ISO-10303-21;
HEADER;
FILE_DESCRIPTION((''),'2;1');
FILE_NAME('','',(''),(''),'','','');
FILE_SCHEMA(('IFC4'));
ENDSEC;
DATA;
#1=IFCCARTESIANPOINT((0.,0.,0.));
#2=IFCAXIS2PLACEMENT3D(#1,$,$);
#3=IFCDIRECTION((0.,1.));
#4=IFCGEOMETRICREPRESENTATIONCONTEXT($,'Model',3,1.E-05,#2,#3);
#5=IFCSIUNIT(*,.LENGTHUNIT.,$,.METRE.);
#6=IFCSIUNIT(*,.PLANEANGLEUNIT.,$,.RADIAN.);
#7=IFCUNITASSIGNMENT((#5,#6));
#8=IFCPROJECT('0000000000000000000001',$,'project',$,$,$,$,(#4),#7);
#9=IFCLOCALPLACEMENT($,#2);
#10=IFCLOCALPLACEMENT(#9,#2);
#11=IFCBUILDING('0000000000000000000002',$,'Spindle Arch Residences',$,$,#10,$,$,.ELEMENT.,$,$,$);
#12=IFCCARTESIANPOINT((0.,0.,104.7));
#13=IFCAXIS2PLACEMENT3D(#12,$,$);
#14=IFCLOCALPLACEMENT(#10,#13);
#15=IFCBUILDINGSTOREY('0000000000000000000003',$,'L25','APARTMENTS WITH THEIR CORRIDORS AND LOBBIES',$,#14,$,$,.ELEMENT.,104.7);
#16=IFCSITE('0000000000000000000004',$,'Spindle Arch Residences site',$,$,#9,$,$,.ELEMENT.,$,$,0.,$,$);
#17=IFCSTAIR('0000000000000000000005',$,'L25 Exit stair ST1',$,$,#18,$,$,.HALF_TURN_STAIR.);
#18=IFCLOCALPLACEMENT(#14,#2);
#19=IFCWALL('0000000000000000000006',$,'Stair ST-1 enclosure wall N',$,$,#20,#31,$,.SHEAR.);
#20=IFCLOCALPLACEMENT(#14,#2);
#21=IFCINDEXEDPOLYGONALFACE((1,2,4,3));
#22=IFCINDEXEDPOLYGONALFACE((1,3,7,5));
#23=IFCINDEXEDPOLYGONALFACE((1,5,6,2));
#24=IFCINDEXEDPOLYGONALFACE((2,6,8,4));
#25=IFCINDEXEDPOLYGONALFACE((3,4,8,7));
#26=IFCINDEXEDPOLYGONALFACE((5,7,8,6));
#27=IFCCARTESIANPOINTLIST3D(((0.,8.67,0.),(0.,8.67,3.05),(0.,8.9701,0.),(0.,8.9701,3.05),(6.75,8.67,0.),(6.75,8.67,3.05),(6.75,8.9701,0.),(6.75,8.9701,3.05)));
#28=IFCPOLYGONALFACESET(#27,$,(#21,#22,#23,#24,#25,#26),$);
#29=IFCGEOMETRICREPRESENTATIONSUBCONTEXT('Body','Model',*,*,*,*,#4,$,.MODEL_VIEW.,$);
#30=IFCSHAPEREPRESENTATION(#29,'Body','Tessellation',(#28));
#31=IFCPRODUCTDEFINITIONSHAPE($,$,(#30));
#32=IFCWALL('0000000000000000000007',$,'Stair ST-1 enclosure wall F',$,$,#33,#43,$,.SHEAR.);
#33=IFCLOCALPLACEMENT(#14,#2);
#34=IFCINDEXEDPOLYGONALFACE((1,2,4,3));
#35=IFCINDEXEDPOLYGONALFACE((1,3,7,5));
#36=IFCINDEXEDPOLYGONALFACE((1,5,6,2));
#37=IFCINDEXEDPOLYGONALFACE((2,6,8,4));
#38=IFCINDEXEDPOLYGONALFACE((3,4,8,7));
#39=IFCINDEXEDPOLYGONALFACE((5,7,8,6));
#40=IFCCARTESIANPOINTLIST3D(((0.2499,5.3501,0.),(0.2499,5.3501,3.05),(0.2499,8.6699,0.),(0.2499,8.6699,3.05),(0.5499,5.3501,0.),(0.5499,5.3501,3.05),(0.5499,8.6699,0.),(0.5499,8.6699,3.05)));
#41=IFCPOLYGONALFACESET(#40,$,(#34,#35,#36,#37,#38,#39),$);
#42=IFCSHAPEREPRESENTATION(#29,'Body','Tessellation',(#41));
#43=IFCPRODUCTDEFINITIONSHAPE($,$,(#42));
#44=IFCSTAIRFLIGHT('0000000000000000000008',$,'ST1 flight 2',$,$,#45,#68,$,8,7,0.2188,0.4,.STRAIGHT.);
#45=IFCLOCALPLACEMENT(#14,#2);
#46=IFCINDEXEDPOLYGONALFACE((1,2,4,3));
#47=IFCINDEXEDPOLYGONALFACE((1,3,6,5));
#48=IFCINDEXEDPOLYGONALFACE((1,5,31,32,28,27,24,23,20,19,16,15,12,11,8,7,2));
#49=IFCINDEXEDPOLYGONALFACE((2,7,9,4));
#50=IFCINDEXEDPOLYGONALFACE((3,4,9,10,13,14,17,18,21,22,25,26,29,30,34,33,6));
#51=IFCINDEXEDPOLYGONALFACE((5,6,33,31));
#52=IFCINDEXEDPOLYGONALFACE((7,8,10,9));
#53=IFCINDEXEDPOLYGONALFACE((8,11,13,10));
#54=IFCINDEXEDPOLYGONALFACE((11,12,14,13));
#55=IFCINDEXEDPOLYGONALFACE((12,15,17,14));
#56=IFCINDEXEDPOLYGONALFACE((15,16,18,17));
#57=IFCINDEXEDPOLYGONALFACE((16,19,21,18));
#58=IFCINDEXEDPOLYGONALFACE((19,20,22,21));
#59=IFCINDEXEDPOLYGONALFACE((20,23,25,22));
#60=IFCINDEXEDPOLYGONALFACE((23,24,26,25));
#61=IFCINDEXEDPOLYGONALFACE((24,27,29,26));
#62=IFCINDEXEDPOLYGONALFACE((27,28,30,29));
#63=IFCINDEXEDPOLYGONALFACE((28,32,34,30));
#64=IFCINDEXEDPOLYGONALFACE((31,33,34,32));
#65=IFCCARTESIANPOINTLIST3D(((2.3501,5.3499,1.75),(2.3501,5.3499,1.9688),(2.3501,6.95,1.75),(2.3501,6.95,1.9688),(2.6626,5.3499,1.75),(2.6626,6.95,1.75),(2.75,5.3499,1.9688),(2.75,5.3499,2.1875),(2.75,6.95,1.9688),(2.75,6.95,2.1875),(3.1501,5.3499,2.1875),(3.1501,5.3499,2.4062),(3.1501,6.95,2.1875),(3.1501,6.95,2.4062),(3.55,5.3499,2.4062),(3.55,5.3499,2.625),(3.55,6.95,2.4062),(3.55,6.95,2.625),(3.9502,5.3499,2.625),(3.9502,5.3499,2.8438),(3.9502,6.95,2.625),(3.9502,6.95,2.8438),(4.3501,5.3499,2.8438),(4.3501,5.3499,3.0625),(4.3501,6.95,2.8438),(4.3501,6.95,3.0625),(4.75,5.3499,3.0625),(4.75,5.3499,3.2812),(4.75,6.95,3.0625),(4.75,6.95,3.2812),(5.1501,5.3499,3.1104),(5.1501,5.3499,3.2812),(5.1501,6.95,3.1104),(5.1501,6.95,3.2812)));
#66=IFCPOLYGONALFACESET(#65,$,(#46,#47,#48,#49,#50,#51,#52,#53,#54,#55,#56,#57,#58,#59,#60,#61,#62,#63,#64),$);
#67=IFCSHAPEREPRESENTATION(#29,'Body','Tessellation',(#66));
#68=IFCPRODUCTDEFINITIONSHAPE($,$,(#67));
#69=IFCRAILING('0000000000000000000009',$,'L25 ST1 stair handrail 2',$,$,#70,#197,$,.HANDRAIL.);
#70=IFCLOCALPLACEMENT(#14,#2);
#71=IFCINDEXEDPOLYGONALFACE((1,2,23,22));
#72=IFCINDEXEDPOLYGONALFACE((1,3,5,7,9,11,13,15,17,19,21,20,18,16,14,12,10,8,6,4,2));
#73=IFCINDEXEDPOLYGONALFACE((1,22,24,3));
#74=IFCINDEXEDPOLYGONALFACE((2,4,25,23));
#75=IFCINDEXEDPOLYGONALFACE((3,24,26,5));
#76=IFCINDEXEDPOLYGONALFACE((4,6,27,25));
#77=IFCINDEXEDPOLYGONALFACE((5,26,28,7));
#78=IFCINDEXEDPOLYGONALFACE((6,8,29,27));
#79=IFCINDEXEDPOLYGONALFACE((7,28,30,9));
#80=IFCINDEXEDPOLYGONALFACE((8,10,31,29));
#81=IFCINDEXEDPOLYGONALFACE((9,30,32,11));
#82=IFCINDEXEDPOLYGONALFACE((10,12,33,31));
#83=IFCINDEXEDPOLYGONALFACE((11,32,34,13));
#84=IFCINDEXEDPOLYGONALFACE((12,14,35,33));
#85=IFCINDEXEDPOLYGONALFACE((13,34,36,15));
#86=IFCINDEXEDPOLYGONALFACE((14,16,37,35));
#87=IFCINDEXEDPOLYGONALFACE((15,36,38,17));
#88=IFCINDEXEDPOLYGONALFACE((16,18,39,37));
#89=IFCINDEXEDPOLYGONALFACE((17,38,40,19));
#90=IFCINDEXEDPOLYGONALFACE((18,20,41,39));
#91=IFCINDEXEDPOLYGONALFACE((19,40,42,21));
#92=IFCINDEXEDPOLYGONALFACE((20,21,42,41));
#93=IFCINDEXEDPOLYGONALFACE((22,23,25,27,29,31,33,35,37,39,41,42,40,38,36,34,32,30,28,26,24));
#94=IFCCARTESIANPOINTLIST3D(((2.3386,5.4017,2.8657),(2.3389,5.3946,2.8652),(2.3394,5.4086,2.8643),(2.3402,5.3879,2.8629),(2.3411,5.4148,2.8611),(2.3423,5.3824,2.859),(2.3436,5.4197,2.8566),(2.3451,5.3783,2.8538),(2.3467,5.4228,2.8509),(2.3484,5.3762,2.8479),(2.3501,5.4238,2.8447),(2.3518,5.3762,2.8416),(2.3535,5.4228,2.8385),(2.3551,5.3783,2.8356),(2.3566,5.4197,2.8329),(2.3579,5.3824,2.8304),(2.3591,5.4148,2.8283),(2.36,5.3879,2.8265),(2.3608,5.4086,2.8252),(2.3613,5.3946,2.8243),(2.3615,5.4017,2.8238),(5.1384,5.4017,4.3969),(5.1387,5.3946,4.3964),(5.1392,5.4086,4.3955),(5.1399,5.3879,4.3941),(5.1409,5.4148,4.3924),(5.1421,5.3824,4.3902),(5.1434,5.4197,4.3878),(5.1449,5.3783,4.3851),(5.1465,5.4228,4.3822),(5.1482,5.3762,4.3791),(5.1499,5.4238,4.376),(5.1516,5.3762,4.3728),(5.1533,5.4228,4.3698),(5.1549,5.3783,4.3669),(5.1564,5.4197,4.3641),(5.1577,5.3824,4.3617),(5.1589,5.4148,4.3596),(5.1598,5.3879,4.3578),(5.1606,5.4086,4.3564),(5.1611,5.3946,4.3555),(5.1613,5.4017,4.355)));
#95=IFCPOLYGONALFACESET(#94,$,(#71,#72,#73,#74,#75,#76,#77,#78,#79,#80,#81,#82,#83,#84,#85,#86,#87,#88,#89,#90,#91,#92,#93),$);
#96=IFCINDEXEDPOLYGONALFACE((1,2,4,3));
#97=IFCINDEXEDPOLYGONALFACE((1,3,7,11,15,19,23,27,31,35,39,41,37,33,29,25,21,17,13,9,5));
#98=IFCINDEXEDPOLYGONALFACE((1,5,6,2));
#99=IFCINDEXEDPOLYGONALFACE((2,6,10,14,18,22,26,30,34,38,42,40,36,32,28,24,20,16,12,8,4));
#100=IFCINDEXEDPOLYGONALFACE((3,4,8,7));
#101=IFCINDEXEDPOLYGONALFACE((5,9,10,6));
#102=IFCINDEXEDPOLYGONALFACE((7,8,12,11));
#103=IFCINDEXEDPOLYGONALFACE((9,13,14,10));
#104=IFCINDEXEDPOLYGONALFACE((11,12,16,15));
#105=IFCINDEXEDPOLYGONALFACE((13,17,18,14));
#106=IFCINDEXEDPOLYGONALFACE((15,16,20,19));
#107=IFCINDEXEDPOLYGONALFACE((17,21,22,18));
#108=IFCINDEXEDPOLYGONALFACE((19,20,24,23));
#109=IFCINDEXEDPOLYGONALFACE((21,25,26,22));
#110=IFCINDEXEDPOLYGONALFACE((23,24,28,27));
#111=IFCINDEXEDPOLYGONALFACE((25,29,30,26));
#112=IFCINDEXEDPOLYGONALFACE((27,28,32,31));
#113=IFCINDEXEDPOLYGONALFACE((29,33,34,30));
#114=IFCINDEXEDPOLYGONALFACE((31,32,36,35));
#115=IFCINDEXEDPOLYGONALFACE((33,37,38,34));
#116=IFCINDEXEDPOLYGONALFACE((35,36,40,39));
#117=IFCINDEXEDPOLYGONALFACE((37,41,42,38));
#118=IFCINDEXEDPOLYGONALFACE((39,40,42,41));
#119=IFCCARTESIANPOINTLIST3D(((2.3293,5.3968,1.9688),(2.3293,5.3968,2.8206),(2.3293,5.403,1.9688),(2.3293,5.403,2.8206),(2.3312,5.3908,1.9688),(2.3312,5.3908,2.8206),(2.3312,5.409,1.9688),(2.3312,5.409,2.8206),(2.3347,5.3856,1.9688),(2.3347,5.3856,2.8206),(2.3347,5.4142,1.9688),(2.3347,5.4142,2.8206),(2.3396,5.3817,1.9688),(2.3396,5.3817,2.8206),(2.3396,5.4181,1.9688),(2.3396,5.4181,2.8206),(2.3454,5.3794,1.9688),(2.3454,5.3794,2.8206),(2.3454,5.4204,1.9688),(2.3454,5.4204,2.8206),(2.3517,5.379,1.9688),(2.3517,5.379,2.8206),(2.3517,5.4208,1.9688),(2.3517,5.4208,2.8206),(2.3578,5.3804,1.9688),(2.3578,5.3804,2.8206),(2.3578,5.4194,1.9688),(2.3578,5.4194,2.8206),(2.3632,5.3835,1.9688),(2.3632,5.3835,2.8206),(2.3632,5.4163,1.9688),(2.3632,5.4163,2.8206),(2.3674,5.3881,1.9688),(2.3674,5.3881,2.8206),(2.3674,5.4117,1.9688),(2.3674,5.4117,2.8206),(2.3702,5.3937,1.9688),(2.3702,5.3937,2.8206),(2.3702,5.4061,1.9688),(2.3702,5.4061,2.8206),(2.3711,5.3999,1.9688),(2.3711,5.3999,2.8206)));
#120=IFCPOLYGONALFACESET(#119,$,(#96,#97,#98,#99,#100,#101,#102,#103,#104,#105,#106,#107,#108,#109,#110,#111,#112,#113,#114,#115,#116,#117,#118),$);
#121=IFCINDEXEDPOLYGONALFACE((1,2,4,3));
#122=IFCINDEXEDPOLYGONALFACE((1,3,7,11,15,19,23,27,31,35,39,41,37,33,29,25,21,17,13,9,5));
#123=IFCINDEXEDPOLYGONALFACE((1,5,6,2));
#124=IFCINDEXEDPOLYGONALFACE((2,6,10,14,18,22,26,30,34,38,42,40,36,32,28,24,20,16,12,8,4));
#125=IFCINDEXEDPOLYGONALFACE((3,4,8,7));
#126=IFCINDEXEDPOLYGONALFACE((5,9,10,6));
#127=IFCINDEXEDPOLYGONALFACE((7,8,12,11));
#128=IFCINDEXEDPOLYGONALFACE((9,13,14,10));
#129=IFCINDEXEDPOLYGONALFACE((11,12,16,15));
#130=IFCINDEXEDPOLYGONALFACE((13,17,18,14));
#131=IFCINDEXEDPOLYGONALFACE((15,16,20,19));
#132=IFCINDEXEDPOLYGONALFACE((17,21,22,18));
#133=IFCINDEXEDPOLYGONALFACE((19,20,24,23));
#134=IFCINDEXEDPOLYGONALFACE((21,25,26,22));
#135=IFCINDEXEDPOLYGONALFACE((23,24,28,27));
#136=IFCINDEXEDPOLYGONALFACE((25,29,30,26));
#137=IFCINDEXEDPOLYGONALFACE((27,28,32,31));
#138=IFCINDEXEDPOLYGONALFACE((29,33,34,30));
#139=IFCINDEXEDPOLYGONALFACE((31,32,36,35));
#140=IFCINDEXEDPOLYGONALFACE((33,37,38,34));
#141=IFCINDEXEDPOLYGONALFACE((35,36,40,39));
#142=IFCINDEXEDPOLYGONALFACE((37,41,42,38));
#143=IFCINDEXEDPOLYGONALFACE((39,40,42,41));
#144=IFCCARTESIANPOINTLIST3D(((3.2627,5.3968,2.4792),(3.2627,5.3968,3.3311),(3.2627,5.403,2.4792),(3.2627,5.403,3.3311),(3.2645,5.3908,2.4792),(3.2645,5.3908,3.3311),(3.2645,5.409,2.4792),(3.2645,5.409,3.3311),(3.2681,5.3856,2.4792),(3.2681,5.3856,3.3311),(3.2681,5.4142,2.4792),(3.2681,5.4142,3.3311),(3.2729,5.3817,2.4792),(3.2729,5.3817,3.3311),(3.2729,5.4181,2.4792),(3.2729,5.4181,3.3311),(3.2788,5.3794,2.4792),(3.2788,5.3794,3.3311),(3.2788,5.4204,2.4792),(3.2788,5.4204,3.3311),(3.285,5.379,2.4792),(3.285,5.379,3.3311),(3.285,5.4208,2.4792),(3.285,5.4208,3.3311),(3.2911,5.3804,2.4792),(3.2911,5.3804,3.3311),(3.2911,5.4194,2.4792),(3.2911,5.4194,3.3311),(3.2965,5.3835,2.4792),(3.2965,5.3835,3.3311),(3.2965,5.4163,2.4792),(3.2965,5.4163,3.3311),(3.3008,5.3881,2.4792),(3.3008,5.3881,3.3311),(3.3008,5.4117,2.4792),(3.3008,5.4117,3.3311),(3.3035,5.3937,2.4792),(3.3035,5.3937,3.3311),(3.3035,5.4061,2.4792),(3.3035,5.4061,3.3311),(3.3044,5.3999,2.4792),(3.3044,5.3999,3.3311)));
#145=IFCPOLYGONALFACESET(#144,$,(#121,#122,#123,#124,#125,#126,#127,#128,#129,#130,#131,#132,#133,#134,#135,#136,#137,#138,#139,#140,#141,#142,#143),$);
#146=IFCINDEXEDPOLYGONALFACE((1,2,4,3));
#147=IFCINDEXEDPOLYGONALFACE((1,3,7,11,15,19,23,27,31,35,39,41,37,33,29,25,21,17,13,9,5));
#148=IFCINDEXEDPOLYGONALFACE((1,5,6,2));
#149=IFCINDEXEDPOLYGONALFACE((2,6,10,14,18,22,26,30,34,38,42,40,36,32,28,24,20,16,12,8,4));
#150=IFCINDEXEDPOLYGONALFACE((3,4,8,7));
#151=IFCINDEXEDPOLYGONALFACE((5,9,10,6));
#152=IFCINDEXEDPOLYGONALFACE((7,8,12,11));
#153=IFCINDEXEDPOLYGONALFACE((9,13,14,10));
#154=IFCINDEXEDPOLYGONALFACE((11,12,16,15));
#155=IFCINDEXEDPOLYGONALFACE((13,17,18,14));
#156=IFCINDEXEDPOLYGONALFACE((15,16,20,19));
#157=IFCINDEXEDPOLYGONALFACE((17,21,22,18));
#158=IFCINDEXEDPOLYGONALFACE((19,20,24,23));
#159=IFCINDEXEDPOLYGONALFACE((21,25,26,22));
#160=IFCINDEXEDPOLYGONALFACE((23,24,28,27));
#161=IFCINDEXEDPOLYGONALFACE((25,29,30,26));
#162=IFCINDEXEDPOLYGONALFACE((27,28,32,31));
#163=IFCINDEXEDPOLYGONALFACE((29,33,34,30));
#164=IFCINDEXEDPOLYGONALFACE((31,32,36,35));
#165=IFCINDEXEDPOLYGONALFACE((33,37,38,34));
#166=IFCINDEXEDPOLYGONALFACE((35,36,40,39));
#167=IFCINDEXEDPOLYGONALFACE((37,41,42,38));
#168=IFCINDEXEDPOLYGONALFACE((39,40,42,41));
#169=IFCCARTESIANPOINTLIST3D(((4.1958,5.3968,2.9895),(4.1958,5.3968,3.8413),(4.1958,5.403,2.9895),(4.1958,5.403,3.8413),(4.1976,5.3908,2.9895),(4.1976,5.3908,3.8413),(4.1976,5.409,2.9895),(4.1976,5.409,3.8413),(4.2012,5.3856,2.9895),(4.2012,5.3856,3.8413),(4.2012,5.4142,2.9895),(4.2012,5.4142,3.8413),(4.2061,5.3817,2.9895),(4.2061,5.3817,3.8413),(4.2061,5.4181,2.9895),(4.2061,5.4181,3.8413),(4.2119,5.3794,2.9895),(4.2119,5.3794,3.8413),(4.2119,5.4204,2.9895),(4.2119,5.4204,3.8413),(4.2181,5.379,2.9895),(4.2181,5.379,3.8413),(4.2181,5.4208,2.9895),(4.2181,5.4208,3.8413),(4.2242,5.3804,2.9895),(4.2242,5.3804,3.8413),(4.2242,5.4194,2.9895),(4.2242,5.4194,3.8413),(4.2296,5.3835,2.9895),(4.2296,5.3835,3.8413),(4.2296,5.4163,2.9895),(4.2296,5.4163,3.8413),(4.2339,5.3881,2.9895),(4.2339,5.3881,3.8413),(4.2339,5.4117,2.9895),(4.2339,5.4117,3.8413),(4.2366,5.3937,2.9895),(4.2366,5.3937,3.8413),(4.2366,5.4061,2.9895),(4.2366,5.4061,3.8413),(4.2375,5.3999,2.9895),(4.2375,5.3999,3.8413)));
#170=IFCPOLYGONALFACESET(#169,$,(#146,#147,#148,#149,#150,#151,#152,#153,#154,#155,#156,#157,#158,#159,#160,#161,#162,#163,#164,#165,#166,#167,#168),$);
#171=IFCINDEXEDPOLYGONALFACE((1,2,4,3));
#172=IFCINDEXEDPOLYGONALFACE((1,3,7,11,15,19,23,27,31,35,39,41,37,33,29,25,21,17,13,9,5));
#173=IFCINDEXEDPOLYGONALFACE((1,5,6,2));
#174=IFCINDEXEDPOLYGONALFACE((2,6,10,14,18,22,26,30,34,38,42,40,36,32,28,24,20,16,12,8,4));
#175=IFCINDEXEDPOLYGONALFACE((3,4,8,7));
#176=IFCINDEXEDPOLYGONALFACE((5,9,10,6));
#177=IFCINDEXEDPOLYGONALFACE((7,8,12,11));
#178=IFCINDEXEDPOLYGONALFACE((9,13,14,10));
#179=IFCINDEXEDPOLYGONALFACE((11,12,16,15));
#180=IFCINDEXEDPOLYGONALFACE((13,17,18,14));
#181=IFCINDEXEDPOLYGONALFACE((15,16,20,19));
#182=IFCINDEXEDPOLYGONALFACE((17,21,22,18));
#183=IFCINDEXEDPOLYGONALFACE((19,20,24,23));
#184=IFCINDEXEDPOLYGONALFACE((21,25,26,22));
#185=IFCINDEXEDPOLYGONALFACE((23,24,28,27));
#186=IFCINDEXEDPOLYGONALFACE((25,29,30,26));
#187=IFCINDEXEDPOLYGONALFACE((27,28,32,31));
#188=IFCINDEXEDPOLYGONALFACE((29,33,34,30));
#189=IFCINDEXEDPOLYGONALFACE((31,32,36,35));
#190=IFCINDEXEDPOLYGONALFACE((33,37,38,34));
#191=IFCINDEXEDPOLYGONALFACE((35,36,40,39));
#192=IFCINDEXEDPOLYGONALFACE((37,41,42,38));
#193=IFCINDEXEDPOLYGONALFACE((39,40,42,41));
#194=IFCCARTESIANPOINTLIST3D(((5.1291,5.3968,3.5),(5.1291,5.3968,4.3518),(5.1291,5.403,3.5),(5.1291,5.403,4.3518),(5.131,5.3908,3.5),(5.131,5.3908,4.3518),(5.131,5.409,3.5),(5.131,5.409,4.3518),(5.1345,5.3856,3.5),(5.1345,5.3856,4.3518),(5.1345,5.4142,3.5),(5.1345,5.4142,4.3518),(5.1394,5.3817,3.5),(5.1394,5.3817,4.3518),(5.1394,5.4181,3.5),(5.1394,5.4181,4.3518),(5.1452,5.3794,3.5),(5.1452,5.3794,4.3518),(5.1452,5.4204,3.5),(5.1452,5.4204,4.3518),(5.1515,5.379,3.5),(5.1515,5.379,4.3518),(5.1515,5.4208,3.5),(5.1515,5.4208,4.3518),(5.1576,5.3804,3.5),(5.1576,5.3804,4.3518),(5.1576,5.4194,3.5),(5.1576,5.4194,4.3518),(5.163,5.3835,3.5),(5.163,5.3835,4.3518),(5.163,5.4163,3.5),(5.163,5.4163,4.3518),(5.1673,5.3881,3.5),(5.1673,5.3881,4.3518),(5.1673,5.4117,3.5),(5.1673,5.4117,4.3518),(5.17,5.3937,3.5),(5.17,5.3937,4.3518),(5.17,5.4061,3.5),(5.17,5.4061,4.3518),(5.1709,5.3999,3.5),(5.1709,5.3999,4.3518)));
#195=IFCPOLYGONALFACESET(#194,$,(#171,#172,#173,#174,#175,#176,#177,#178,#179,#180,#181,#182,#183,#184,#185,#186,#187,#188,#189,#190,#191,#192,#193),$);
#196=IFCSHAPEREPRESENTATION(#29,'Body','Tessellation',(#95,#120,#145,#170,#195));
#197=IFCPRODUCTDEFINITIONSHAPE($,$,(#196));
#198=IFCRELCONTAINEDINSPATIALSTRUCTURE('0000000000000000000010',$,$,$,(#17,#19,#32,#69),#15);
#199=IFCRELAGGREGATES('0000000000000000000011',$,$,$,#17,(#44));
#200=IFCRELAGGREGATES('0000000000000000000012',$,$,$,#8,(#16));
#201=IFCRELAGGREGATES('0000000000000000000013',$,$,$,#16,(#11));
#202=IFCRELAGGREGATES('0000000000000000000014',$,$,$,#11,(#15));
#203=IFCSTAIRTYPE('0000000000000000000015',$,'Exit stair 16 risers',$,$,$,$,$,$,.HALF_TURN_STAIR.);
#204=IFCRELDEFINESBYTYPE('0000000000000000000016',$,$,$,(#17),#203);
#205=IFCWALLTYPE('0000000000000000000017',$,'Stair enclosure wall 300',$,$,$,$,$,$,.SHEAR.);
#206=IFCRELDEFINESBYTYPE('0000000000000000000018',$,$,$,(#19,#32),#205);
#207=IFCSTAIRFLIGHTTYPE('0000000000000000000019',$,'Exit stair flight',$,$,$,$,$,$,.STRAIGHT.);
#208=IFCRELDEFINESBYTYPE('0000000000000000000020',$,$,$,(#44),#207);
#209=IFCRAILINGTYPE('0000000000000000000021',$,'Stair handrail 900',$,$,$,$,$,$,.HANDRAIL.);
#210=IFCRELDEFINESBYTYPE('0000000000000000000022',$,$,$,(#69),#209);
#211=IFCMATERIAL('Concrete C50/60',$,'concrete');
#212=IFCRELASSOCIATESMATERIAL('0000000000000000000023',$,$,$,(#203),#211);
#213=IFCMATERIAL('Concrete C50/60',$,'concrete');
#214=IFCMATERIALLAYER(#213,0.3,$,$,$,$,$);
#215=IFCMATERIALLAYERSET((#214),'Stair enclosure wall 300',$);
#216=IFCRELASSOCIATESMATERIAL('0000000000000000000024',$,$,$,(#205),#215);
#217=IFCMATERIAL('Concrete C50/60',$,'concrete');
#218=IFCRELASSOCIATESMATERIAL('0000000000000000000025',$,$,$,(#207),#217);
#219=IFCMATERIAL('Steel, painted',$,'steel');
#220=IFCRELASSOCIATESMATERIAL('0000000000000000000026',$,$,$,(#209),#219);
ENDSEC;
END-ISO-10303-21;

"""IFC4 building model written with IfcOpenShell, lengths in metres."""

from ifc_helpers import new_model, si_unit, direction, frame, frame_2d, origin, origin_2d, place, context, subcontext, project, spatial, polyline, rectangle, circle, outline, extrude, material, layer, layer_set, type_object, element, aggregate, save


model = new_model("IFC4")

# Units and contexts
model_context = context("Model", 3, precision=1e-05, world=origin(), true_north=direction((0.0, 1.0)))
body_context = subcontext(model_context, "Body", "Model", "MODEL_VIEW")
ifc_project = project(units=[si_unit("LENGTHUNIT", "METRE"), si_unit("PLANEANGLEUNIT", "RADIAN")], contexts=[model_context])

# Site, building, storey
site_placement = place(None, origin())
site = spatial("IfcSite", under=ifc_project, at=site_placement, Name="Spindle Arch Residences site", CompositionType="ELEMENT", RefElevation=0.0)
building_placement = place(site_placement, origin())
building = spatial("IfcBuilding", under=site, at=building_placement, Name="Spindle Arch Residences", CompositionType="ELEMENT")
storey_placement = place(building_placement, frame((0.0, 0.0, 104.7)))
storey = spatial("IfcBuildingStorey", under=building, at=storey_placement, Name="L25", Description="APARTMENTS WITH THEIR CORRIDORS AND LOBBIES", CompositionType="ELEMENT", Elevation=104.7)

# Stair
ifc_material_1 = material(Name="Concrete C50/60", Category="concrete")
stair_type = type_object("IfcStairType", Name="Exit stair 16 risers", PredefinedType="HALF_TURN_STAIR", material=ifc_material_1)
stair_1_placement = place(storey_placement, origin())
stair_1 = element("IfcStair", 1, at=stair_1_placement, inside=storey, type_object=stair_type, Name="L25 Exit stair ST1", PredefinedType="HALF_TURN_STAIR")

# Walls
ifc_material_2 = material(Name="Concrete C50/60", Category="concrete")
ifc_layer_1 = layer(ifc_material_2, 0.3)
ifc_layer_set_1 = layer_set([ifc_layer_1], Name="Stair enclosure wall 300")
wall_type_1 = type_object("IfcWallType", Name="Stair enclosure wall 300", PredefinedType="SHEAR", material=ifc_layer_set_1)
for number, where, z_axis, x_axis, name in (
    (2, (0.0, 8.8201, 0.0), (0.0, 0.0, 1.0), (1.0, 0.0, 0.0), "Stair ST-1 enclosure wall N"),
):
    element("IfcWall", number, at=place(storey_placement, frame(where, z_axis=z_axis, x_axis=x_axis)), inside=storey, type_object=wall_type_1, Name=name, PredefinedType="SHEAR", context=body_context, shape_type="SweptSolid", body=[
        extrude(rectangle(XDim=6.75, YDim=0.3, at=frame_2d((3.375, 0.0))), origin(), (0.0, 0.0, 1.0), 3.05),
    ])
wall_1_placement = place(storey_placement, frame((0.3999, 5.3501, 0.0), z_axis=(0.0, 0.0, 1.0), x_axis=(0.0, 1.0, 0.0)))
element("IfcWall", 3, at=wall_1_placement, inside=storey, type_object=wall_type_1, Name="Stair ST-1 enclosure wall F", PredefinedType="SHEAR", context=body_context, shape_type="SweptSolid", body=[
    extrude(rectangle(XDim=3.3198, YDim=0.3, at=frame_2d((1.6599, 0.0))), origin(), (0.0, 0.0, 1.0), 3.05),
])

# Stair flight
ifc_material_3 = material(Name="Concrete C50/60", Category="concrete")
stair_flight_type = type_object("IfcStairFlightType", Name="Exit stair flight", PredefinedType="STRAIGHT", material=ifc_material_3)
stair_flight_placement = place(storey_placement, frame((2.3501, 6.1499, 1.75), z_axis=(0.0, 0.0, 1.0), x_axis=(1.0, 0.0, 0.0)))
stair_flight = element("IfcStairFlight", 4, at=stair_flight_placement, type_object=stair_flight_type, Name="ST1 flight 2", NumberOfRisers=8, NumberOfTreads=7, PredefinedType="STRAIGHT", RiserHeight=0.2188, TreadLength=0.4, context=body_context, shape_type="SweptSolid", body=[
    extrude(outline(polyline([(0.0, 0.0), (0.0, 0.2188), (0.3999, 0.2188), (0.3999, 0.4375), (0.8, 0.4375), (0.8, 0.6562), (1.2, 0.6562), (1.2, 0.875), (1.6001, 0.875), (1.6001, 1.0938), (2.0, 1.0938), (2.0, 1.3125), (2.3999, 1.3125), (2.3999, 1.5312), (2.8, 1.5312), (2.8, 1.75), (2.8, 1.3604), (0.3125, 0.0), (0.0, 0.0)])), frame((0.0, 0.8, 0.0), z_axis=(0.0, -1.0, 0.0), x_axis=(1.0, 0.0, 0.0)), (0.0, 0.0, 1.0), 1.6001),
])
aggregate(stair_1, [stair_flight])

# Railing
ifc_material_4 = material(Name="Steel, painted", Category="steel")
railing_type = type_object("IfcRailingType", Name="Stair handrail 900", PredefinedType="HANDRAIL", material=ifc_material_4)
railing_placement = place(storey_placement, frame((2.3501, 5.3999, 1.9688)))
element("IfcRailing", 5, at=railing_placement, inside=storey, type_object=railing_type, Name="L25 ST1 stair handrail 2", PredefinedType="HANDRAIL", context=body_context, shape_type="SweptSolid", body=[
    extrude(circle(Radius=0.0239, at=origin_2d()), frame((0.0, 0.0, 0.876), z_axis=(0.877357, 0.0, 0.479838), x_axis=(0.0, 1.0, 0.0)), (0.0, 0.0, 1.0), 3.1912),
    extrude(circle(Radius=0.021, at=origin_2d()), origin(), (0.0, 0.0, 1.0), 0.8518),
    extrude(circle(Radius=0.021, at=origin_2d()), frame((0.9333, 0.0, 0.5105)), (0.0, 0.0, 1.0), 0.8518),
    extrude(circle(Radius=0.021, at=origin_2d()), frame((1.8665, 0.0, 1.0208)), (0.0, 0.0, 1.0), 0.8518),
    extrude(circle(Radius=0.021, at=origin_2d()), frame((2.7998, 0.0, 1.5312)), (0.0, 0.0, 1.0), 0.8518),
])

save(model, "model.ifc")
